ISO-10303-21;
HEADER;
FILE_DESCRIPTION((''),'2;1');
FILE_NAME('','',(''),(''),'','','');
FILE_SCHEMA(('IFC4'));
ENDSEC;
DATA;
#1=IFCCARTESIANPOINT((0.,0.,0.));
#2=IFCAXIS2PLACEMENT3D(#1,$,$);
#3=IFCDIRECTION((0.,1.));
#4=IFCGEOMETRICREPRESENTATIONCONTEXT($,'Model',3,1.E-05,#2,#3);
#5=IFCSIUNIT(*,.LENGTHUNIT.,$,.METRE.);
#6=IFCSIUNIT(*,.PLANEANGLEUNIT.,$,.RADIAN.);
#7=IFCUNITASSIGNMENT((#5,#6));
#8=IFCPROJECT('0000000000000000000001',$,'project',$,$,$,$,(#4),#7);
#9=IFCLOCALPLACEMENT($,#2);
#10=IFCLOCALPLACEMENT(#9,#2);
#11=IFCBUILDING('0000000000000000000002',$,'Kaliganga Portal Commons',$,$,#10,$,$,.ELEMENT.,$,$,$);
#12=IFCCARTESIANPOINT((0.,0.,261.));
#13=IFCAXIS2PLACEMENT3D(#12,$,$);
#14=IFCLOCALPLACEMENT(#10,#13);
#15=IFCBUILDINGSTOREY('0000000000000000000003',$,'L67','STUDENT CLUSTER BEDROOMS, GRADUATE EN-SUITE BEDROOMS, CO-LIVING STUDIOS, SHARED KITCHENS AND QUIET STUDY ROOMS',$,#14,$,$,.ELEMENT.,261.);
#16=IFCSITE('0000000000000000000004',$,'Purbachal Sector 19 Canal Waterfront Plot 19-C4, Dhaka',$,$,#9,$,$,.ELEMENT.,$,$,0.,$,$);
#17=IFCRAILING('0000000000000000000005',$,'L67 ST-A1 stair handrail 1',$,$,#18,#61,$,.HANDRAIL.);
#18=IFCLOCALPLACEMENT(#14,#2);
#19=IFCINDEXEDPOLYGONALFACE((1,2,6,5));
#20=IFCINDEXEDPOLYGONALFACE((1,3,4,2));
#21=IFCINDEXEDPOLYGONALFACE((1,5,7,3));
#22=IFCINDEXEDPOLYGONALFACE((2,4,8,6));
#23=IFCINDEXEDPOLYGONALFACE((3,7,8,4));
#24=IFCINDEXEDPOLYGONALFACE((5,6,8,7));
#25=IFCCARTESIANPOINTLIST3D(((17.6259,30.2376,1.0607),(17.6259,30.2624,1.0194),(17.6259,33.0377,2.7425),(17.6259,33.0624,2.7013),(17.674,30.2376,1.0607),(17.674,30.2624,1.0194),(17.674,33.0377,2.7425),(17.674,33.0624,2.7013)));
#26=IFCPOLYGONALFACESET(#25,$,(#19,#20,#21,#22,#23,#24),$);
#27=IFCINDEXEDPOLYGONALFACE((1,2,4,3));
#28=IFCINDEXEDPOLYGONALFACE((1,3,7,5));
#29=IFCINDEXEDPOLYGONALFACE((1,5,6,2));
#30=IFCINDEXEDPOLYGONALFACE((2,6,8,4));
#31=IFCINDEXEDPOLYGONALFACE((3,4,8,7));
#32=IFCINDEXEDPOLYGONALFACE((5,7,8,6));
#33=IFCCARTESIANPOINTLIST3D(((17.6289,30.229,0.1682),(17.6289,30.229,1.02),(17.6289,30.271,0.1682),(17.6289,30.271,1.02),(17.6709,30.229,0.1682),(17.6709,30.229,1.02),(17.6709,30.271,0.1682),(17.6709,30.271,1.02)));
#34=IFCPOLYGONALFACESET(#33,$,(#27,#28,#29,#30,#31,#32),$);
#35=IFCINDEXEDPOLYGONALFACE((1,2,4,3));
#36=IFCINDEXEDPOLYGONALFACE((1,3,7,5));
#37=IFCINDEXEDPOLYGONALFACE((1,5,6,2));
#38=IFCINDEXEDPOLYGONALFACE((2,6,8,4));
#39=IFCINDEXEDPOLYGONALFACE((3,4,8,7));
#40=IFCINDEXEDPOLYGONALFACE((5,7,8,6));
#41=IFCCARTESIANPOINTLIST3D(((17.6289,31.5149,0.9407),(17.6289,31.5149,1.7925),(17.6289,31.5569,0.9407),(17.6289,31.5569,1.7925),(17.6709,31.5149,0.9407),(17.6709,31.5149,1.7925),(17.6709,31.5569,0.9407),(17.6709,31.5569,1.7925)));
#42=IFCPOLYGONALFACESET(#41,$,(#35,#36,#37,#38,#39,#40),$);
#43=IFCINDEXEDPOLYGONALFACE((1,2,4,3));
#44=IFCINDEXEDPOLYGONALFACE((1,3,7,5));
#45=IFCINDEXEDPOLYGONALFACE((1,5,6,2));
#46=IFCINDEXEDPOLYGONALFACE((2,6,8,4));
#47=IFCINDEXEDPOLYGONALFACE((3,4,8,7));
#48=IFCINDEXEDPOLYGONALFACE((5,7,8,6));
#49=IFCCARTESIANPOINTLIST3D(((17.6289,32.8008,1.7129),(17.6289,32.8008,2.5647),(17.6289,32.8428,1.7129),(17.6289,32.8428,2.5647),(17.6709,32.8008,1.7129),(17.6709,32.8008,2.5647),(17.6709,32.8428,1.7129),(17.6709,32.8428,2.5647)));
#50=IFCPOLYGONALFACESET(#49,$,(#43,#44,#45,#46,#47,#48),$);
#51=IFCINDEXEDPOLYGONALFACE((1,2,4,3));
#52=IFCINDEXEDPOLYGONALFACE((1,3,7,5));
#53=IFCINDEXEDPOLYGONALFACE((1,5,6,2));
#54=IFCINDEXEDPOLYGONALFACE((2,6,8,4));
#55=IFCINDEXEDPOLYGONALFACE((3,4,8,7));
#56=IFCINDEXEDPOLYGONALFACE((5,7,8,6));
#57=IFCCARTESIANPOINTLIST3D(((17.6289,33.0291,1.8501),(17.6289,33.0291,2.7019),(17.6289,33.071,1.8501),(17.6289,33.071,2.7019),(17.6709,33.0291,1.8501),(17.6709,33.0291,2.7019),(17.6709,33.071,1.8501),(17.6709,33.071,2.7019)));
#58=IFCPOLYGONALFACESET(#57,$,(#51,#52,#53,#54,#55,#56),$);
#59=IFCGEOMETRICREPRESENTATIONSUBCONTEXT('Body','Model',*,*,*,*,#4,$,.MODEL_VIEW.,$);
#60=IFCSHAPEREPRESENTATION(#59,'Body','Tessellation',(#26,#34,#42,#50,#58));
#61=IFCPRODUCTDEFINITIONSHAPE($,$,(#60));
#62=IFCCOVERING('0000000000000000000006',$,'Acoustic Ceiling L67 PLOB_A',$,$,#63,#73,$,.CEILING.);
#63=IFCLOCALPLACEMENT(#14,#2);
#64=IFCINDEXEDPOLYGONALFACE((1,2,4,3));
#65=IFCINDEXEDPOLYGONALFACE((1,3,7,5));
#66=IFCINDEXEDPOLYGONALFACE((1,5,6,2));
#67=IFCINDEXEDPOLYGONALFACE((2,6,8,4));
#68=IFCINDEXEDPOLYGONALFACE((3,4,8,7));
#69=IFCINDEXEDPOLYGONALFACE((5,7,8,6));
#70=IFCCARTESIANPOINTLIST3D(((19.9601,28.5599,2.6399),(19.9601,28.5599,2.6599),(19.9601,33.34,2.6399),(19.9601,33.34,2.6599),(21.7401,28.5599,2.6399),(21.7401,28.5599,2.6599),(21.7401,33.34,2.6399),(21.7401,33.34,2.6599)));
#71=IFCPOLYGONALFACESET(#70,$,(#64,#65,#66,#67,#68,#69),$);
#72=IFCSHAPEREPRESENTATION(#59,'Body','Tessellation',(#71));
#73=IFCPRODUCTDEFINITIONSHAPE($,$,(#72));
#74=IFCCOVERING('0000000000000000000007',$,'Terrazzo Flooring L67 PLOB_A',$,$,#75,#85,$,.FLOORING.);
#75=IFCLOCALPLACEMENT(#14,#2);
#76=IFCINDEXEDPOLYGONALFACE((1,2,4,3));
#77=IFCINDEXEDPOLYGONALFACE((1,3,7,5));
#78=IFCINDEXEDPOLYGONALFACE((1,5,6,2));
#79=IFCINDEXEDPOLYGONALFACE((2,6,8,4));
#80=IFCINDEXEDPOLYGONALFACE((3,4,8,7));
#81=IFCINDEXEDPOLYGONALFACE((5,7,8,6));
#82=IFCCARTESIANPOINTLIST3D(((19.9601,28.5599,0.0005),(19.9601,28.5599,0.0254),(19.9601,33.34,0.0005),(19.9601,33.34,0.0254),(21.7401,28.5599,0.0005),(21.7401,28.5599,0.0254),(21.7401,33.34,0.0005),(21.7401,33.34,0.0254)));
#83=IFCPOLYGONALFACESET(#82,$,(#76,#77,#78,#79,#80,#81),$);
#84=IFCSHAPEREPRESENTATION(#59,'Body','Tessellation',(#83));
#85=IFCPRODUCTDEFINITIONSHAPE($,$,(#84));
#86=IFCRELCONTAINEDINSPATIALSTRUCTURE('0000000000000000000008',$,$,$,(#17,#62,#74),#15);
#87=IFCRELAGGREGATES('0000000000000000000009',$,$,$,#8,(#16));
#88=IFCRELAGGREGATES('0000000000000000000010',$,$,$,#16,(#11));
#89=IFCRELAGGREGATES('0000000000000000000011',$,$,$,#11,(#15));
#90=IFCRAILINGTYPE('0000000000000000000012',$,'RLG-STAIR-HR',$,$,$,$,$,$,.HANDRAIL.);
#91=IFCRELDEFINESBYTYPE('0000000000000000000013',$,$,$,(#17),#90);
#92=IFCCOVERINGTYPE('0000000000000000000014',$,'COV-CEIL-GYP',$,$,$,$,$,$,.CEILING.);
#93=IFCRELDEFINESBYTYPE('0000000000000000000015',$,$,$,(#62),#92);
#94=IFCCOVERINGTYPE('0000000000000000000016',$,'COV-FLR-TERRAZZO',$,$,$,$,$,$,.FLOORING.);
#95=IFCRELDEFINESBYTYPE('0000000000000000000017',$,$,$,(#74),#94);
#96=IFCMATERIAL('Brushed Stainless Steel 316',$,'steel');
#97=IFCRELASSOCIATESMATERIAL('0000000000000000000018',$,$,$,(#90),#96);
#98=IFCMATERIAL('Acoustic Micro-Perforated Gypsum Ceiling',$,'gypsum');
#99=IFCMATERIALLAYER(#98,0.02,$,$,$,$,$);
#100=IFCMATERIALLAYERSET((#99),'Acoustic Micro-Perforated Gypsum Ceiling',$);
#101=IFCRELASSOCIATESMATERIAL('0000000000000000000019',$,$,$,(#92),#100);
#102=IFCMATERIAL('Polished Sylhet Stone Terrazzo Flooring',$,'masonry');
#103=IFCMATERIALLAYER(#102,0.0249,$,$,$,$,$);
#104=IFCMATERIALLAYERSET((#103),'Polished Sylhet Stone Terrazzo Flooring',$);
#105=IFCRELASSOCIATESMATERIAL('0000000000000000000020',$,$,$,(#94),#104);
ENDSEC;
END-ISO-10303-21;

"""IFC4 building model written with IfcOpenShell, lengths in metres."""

from ifc_helpers import new_model, si_unit, direction, frame, origin, origin_2d, place, context, subcontext, project, spatial, rectangle, extrude, source, transform, mapped, material, layer, layer_set, type_object, element, save


model = new_model("IFC4")

# Units and contexts
model_context = context("Model", 3, precision=1e-05, world=origin(), true_north=direction((0.0, 1.0)))
body_context = subcontext(model_context, "Body", "Model", "MODEL_VIEW")
ifc_project = project(units=[si_unit("LENGTHUNIT", "METRE"), si_unit("PLANEANGLEUNIT", "RADIAN")], contexts=[model_context])

# Site, building, storey
site_placement = place(None, origin())
site = spatial("IfcSite", under=ifc_project, at=site_placement, Name="Purbachal Sector 19 Canal Waterfront Plot 19-C4, Dhaka", CompositionType="ELEMENT", RefElevation=0.0)
building_placement = place(site_placement, origin())
building = spatial("IfcBuilding", under=site, at=building_placement, Name="Kaliganga Portal Commons", CompositionType="ELEMENT")
storey_placement = place(building_placement, frame((0.0, 0.0, 261.0)))
storey = spatial("IfcBuildingStorey", under=building, at=storey_placement, Name="L67", Description="STUDENT CLUSTER BEDROOMS, GRADUATE EN-SUITE BEDROOMS, CO-LIVING STUDIOS, SHARED KITCHENS AND QUIET STUDY ROOMS", CompositionType="ELEMENT", Elevation=261.0)

# Railing
ifc_material_1 = material(Name="Brushed Stainless Steel 316", Category="steel")
railing_type_1 = type_object("IfcRailingType", Name="RLG-STAIR-HR", PredefinedType="HANDRAIL", material=ifc_material_1)
railing_1_placement = place(storey_placement, frame((17.6499, 30.25, 0.1682)))
element("IfcRailing", 1, at=railing_1_placement, inside=storey, type_object=railing_type_1, Name="L67 ST-A1 stair handrail 1", PredefinedType="HANDRAIL", context=body_context, shape_type="SweptSolid", body=[
    extrude(rectangle(XDim=0.0481, YDim=0.0481, at=origin_2d()), frame((0.0, 0.0, 0.8718), z_axis=(0.0, 0.857242, 0.514913), x_axis=(-1.0, 0.0, 0.0)), (0.0, 0.0, 1.0), 3.2664),
    extrude(rectangle(XDim=0.042, YDim=0.042, at=origin_2d()), origin(), (0.0, 0.0, 1.0), 0.8518),
    extrude(rectangle(XDim=0.042, YDim=0.042, at=origin_2d()), frame((0.0, 1.2859, 0.7725)), (0.0, 0.0, 1.0), 0.8518),
    extrude(rectangle(XDim=0.042, YDim=0.042, at=origin_2d()), frame((0.0, 2.5718, 1.5447)), (0.0, 0.0, 1.0), 0.8518),
    extrude(rectangle(XDim=0.042, YDim=0.042, at=origin_2d()), frame((0.0, 2.8, 1.6819)), (0.0, 0.0, 1.0), 0.8518),
])

# Coverings
ifc_material_2 = material(Name="Acoustic Micro-Perforated Gypsum Ceiling", Category="gypsum")
ifc_layer_1 = layer(ifc_material_2, 0.02)
ifc_layer_set_1 = layer_set([ifc_layer_1], Name="Acoustic Micro-Perforated Gypsum Ceiling")
covering_type_1 = type_object("IfcCoveringType", Name="COV-CEIL-GYP", PredefinedType="CEILING", material=ifc_layer_set_1)
shared_shape_1 = source(origin(), body_context, "Body", "SweptSolid", [
    extrude(rectangle(XDim=1.78, YDim=4.78, at=origin_2d()), origin(), (0.0, 0.0, 1.0), 0.02),
])
covering_1_placement = place(storey_placement, frame((20.8501, 30.95, 2.6399), z_axis=(0.0, 0.0, 1.0), x_axis=(1.0, 0.0, 0.0)))
element("IfcCovering", 2, at=covering_1_placement, inside=storey, type_object=covering_type_1, Name="Acoustic Ceiling L67 PLOB_A", PredefinedType="CEILING", context=body_context, shape_type="MappedRepresentation", body=[
    mapped(shared_shape_1, transform((0.0, 0.0, 0.0), x_axis=(1.0, 0.0, 0.0), y_axis=(0.0, 1.0, 0.0), z_axis=(0.0, 0.0, 1.0), scale=1.0)),
])
ifc_material_3 = material(Name="Polished Sylhet Stone Terrazzo Flooring", Category="masonry")
ifc_layer_2 = layer(ifc_material_3, 0.0249)
ifc_layer_set_2 = layer_set([ifc_layer_2], Name="Polished Sylhet Stone Terrazzo Flooring")
covering_type_2 = type_object("IfcCoveringType", Name="COV-FLR-TERRAZZO", PredefinedType="FLOORING", material=ifc_layer_set_2)
shared_shape_2 = source(origin(), body_context, "Body", "SweptSolid", [
    extrude(rectangle(XDim=1.78, YDim=4.78, at=origin_2d()), origin(), (0.0, 0.0, 1.0), 0.0249),
])
covering_2_placement = place(storey_placement, frame((20.8501, 30.95, 0.0005), z_axis=(0.0, 0.0, 1.0), x_axis=(1.0, 0.0, 0.0)))
element("IfcCovering", 3, at=covering_2_placement, inside=storey, type_object=covering_type_2, Name="Terrazzo Flooring L67 PLOB_A", PredefinedType="FLOORING", context=body_context, shape_type="MappedRepresentation", body=[
    mapped(shared_shape_2, transform((0.0, 0.0, 0.0), x_axis=(1.0, 0.0, 0.0), y_axis=(0.0, 1.0, 0.0), z_axis=(0.0, 0.0, 1.0), scale=1.0)),
])

save(model, "model.ifc")
